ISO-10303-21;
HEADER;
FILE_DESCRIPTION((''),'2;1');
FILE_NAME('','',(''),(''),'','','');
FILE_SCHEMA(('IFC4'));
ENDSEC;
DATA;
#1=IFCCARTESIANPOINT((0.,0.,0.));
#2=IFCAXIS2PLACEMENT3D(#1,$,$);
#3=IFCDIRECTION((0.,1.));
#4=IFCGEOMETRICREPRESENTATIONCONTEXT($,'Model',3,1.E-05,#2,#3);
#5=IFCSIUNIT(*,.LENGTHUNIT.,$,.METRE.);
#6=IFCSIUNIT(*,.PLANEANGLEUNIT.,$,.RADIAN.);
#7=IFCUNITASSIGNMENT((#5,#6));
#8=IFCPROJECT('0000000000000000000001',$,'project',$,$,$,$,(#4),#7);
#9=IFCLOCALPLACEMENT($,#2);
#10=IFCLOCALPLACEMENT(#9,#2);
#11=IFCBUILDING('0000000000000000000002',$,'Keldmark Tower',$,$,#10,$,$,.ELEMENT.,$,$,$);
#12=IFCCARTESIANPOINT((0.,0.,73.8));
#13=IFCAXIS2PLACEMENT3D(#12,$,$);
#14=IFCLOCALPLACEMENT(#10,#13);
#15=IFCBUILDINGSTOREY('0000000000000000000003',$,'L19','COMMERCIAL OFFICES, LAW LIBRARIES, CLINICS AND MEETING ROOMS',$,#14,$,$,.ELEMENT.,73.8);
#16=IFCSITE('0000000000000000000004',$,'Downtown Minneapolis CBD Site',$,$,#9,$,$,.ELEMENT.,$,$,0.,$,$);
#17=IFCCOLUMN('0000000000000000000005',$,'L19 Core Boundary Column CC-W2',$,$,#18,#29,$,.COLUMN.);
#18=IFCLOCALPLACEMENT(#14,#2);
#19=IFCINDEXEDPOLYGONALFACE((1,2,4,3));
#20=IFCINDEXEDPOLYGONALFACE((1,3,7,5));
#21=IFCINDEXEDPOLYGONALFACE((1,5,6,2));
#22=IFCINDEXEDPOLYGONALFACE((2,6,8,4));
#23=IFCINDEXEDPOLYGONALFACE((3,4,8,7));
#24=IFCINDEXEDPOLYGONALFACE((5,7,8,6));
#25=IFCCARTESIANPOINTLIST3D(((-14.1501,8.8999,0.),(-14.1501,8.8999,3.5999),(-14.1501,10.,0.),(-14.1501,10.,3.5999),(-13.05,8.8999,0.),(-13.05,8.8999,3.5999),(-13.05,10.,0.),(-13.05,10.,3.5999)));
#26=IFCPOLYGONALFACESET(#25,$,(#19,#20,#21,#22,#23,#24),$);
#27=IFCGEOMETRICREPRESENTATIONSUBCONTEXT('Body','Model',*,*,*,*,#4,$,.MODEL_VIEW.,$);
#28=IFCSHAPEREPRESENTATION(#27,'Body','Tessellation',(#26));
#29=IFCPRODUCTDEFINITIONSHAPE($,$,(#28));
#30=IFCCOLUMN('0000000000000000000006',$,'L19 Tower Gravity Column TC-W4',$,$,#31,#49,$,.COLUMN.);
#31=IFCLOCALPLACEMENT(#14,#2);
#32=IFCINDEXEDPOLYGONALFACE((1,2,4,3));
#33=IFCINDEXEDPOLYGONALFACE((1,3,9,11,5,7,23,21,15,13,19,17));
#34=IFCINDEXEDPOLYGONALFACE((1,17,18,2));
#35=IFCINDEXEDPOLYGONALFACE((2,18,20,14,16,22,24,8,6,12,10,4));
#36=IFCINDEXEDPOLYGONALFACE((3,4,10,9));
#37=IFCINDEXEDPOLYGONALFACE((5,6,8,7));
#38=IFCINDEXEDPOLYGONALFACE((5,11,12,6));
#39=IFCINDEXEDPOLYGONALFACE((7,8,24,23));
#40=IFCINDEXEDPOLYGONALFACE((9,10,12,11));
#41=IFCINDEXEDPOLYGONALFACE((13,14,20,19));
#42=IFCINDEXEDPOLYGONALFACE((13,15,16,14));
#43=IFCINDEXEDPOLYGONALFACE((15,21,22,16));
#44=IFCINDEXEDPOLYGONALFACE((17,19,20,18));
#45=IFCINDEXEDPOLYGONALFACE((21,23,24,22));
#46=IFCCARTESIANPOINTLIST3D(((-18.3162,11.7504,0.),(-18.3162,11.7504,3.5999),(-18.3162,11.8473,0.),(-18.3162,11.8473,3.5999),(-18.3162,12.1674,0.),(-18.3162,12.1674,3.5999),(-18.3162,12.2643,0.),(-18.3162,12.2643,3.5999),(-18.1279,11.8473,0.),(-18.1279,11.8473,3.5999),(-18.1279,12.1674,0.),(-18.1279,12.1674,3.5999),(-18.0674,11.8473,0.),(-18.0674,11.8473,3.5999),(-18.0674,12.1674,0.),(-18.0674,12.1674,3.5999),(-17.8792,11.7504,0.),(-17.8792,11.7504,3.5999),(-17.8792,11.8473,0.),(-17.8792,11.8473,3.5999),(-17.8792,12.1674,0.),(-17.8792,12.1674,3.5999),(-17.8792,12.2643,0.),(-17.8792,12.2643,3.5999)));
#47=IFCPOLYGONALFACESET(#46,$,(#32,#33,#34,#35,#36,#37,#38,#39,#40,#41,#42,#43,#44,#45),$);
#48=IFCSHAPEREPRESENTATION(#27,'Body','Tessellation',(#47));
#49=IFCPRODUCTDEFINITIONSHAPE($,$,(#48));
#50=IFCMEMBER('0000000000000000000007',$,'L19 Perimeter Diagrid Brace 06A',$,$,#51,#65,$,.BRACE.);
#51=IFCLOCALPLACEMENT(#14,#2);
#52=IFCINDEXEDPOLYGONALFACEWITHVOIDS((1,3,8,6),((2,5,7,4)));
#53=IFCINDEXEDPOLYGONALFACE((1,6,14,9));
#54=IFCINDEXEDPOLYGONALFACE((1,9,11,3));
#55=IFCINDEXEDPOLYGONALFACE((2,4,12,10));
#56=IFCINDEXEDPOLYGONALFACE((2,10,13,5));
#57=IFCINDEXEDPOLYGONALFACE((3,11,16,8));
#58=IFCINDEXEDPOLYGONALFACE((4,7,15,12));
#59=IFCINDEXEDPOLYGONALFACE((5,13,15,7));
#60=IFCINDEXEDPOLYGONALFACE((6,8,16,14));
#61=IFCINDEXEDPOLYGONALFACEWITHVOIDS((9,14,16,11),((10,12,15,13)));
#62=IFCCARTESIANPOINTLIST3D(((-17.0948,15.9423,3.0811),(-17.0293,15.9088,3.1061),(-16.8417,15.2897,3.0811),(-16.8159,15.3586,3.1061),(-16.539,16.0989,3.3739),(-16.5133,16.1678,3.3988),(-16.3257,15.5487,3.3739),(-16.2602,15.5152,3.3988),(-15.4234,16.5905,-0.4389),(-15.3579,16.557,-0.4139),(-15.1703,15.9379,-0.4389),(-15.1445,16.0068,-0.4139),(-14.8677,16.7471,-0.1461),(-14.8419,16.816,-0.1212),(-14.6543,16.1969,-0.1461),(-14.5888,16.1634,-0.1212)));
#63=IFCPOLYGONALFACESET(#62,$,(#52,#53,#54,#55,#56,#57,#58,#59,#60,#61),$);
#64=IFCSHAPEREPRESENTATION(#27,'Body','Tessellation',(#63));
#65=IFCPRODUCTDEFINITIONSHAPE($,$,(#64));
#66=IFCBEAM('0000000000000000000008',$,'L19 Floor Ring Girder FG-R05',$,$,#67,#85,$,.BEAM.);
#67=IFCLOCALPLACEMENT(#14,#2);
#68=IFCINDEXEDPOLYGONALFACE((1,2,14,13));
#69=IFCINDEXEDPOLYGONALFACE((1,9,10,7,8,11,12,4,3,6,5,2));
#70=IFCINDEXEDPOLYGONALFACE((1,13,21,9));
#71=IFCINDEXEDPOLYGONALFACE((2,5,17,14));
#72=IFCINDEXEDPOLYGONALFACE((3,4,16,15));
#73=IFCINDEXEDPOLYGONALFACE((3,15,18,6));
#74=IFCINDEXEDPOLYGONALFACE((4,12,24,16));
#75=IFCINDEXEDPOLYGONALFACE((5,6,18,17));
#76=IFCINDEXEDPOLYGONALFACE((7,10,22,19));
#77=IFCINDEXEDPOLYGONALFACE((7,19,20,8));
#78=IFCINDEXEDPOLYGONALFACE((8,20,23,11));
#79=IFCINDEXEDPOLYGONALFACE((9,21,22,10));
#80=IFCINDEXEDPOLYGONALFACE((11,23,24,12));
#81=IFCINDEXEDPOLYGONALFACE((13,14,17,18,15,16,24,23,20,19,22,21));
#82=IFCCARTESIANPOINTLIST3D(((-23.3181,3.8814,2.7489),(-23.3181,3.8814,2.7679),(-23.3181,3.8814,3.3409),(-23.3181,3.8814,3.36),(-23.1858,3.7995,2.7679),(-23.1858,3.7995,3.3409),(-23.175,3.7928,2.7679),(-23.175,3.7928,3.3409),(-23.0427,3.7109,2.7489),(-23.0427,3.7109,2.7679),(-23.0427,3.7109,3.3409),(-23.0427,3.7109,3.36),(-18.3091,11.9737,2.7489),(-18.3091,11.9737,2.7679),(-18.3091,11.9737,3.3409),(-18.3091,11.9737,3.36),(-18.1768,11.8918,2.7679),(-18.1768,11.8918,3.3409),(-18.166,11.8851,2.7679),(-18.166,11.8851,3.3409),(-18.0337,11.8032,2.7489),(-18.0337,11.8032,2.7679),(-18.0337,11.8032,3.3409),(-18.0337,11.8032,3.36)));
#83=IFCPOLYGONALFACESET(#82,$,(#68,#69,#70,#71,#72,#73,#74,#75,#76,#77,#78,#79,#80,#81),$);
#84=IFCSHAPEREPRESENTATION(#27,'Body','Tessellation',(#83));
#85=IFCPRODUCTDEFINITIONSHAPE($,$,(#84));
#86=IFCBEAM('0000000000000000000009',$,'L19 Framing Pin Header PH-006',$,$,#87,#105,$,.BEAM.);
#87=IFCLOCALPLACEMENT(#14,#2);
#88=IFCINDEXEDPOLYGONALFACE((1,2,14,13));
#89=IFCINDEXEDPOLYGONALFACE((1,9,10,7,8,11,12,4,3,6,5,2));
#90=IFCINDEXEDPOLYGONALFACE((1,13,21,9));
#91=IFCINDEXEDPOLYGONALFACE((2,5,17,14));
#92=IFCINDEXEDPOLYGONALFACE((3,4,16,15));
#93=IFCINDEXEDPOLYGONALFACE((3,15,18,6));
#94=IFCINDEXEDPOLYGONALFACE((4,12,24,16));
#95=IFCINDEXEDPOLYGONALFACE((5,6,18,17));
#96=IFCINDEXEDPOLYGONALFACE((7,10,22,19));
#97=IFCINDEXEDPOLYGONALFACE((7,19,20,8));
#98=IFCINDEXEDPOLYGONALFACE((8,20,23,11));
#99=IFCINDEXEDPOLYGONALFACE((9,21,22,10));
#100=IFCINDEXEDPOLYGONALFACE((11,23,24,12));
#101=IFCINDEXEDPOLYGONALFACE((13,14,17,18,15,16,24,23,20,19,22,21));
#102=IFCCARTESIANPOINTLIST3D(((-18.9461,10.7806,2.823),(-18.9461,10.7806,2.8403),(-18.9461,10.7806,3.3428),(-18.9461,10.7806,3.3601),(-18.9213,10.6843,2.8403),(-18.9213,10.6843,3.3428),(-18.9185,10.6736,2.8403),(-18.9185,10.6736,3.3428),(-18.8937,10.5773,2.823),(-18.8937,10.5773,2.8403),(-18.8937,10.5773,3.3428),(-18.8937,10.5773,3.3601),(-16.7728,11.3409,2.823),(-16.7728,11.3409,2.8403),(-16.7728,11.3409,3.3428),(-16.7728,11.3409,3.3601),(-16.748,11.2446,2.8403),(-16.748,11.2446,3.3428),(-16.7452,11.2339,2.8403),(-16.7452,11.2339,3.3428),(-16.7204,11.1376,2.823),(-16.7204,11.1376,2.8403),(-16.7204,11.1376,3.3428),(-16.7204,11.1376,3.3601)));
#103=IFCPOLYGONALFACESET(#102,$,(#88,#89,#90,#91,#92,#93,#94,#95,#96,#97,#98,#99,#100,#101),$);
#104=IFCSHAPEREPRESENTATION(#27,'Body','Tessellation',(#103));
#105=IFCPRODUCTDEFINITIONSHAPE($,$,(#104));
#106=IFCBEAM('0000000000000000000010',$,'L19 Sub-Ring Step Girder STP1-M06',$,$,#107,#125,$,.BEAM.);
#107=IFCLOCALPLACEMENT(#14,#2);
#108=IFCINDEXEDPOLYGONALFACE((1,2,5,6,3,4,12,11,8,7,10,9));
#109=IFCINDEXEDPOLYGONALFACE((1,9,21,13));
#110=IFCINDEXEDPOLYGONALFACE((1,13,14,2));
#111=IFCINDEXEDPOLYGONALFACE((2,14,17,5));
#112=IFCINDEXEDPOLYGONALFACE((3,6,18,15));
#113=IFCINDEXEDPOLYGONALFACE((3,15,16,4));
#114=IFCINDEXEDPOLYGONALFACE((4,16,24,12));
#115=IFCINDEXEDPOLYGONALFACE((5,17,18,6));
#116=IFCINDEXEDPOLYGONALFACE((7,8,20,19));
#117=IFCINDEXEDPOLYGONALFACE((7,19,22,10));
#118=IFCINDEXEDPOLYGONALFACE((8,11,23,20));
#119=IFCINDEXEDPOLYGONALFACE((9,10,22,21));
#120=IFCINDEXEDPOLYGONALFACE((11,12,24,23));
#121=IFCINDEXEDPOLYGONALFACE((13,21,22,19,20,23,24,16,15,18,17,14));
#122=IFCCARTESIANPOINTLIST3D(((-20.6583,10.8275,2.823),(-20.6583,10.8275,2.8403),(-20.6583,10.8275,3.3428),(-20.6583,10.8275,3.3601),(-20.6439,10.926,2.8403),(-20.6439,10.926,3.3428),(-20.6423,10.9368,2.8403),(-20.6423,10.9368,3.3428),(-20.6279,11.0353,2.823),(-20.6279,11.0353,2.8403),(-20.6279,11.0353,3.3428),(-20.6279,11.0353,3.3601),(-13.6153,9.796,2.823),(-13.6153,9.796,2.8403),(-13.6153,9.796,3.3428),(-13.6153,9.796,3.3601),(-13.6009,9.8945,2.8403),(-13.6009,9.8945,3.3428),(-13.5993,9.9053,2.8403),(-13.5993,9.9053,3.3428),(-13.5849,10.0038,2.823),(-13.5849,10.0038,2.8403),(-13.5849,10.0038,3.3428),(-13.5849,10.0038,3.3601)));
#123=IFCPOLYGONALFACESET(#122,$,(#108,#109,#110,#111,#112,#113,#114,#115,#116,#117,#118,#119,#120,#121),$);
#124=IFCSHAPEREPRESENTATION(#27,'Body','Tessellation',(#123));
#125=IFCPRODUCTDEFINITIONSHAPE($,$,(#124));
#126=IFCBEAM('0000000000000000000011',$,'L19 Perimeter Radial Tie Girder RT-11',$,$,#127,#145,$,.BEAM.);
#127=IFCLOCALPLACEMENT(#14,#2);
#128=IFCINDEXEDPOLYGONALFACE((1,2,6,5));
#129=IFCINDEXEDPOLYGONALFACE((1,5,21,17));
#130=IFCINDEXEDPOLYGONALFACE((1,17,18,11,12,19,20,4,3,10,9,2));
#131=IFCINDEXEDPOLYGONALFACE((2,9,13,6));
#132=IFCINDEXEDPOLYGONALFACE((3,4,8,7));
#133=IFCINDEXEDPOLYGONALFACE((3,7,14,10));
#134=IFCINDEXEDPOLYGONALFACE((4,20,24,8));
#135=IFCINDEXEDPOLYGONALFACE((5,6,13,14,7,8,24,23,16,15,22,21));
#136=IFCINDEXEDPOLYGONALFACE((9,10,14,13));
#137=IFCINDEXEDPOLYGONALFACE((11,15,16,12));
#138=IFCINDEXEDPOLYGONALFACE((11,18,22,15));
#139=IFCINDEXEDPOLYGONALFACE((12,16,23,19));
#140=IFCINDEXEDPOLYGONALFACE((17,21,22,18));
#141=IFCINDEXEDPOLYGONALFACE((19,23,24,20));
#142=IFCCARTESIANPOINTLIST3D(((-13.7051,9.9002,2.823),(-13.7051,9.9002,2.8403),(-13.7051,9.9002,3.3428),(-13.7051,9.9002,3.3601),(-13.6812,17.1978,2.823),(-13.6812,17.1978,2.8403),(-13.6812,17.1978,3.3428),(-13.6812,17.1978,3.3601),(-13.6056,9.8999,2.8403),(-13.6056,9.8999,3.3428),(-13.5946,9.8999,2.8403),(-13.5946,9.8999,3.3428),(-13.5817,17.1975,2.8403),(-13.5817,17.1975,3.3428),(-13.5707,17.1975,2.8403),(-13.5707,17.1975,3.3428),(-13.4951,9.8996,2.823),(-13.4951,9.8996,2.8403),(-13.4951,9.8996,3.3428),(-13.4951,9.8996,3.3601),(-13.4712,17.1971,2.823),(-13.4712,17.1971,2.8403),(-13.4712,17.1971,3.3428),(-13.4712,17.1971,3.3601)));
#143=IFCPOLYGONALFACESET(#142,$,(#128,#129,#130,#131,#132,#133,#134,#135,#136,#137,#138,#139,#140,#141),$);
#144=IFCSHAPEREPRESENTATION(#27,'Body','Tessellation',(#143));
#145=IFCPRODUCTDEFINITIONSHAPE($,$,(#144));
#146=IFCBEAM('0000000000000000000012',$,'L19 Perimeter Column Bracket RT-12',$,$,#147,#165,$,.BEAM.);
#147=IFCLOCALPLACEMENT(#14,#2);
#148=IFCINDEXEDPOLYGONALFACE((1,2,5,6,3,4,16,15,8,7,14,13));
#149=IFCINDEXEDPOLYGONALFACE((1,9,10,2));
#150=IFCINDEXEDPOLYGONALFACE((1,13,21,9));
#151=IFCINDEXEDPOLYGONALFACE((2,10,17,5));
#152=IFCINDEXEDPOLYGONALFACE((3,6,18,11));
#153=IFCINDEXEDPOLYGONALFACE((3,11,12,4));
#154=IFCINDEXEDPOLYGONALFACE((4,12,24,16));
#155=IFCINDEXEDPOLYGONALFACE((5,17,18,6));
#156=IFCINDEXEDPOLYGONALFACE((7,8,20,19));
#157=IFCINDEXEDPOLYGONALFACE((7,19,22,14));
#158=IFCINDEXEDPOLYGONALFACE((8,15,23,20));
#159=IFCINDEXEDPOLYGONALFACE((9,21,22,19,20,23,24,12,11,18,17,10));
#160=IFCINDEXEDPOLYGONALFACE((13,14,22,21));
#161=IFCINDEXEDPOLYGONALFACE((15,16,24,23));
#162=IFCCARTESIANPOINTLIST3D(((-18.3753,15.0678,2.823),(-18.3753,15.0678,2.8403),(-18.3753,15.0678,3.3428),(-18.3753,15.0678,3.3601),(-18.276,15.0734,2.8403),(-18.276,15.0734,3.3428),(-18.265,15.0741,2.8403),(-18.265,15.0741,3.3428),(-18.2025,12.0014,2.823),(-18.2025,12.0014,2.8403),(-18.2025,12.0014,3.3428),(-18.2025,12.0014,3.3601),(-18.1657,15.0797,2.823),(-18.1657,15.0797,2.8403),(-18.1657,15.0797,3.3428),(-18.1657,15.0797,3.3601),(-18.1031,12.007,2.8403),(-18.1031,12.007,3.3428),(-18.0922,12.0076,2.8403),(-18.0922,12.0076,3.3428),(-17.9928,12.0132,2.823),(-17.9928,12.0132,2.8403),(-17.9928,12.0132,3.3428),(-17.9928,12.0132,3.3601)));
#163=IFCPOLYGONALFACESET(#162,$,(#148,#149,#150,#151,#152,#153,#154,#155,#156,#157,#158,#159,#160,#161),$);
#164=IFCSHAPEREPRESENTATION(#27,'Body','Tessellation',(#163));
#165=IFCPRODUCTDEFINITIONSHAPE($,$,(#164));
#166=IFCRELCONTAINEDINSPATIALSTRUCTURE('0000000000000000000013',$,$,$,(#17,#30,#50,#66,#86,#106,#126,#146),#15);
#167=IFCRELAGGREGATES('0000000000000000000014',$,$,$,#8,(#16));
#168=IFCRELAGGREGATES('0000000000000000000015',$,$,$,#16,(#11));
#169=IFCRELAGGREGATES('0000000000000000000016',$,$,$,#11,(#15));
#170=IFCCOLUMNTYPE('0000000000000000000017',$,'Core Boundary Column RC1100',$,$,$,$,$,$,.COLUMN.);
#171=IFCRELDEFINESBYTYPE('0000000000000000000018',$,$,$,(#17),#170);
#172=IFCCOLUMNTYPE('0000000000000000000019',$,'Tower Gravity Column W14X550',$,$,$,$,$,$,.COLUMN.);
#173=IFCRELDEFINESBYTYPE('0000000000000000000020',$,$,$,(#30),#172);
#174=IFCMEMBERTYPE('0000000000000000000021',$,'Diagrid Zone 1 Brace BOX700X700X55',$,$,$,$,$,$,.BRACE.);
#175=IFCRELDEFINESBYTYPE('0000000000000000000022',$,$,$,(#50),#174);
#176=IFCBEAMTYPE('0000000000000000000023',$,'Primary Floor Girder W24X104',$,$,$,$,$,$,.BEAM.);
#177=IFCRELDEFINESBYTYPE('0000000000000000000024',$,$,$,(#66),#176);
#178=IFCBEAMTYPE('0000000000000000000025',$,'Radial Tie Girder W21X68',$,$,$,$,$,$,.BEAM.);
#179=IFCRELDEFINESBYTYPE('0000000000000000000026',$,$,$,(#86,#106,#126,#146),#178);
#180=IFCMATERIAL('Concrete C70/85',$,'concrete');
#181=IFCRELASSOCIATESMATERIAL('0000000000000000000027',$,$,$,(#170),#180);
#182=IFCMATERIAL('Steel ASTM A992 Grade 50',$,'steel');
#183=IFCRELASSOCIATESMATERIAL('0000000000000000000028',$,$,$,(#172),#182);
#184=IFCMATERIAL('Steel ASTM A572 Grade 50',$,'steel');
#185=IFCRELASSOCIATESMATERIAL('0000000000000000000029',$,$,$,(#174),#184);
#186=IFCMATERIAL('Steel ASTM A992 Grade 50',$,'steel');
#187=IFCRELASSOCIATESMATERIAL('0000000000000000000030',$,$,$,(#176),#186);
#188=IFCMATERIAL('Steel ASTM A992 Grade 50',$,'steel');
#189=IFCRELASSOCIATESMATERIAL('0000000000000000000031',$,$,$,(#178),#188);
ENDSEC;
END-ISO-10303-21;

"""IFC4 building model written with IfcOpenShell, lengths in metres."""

from ifc_helpers import new_model, si_unit, direction, frame, origin, origin_2d, place, context, subcontext, project, spatial, rectangle, hollow_rectangle, i_section, extrude, material, material_profile, profile_set, type_object, element, save


model = new_model("IFC4")

# Units and contexts
model_context = context("Model", 3, precision=1e-05, world=origin(), true_north=direction((0.0, 1.0)))
body_context = subcontext(model_context, "Body", "Model", "MODEL_VIEW")
ifc_project = project(units=[si_unit("LENGTHUNIT", "METRE"), si_unit("PLANEANGLEUNIT", "RADIAN")], contexts=[model_context])

# Site, building, storey
site_placement = place(None, origin())
site = spatial("IfcSite", under=ifc_project, at=site_placement, Name="Downtown Minneapolis CBD Site", CompositionType="ELEMENT", RefElevation=0.0)
building_placement = place(site_placement, origin())
building = spatial("IfcBuilding", under=site, at=building_placement, Name="Keldmark Tower", CompositionType="ELEMENT")
storey_placement = place(building_placement, frame((0.0, 0.0, 73.8)))
storey = spatial("IfcBuildingStorey", under=building, at=storey_placement, Name="L19", Description="COMMERCIAL OFFICES, LAW LIBRARIES, CLINICS AND MEETING ROOMS", CompositionType="ELEMENT", Elevation=73.8)

# Columns
ifc_material_1 = material(Name="Concrete C70/85", Category="concrete")
ifc_material_profile_1 = material_profile(ifc_material_1, rectangle(XDim=1.1001, YDim=1.1001, at=origin_2d()), Name="RC1100X1100")
ifc_profile_set_1 = profile_set([ifc_material_profile_1], Name="Concrete C70/85")
column_type_1 = type_object("IfcColumnType", Name="Core Boundary Column RC1100", PredefinedType="COLUMN", material=ifc_profile_set_1)
column_1_placement = place(storey_placement, frame((-13.6001, 9.45, 0.0), z_axis=(0.0, 0.0, 1.0), x_axis=(1.0, 0.0, 0.0)))
element("IfcColumn", 1, at=column_1_placement, inside=storey, type_object=column_type_1, Name="L19 Core Boundary Column CC-W2", PredefinedType="COLUMN", context=body_context, shape_type="SweptSolid", body=[
    extrude(rectangle(XDim=1.1001, YDim=1.1001, at=origin_2d()), origin(), (0.0, 0.0, 1.0), 3.5999),
])
ifc_material_2 = material(Name="Steel ASTM A992 Grade 50", Category="steel")
ifc_material_profile_2 = material_profile(ifc_material_2, i_section(OverallWidth=0.437, OverallDepth=0.5139, WebThickness=0.0605, FlangeThickness=0.0969, at=origin_2d()), Name="W14X550")
ifc_profile_set_2 = profile_set([ifc_material_profile_2], Name="Steel ASTM A992 Grade 50")
column_type_2 = type_object("IfcColumnType", Name="Tower Gravity Column W14X550", PredefinedType="COLUMN", material=ifc_profile_set_2)
column_2_placement = place(storey_placement, frame((-18.0977, 12.0073, 0.0), z_axis=(0.0, 0.0, 1.0), x_axis=(1.0, 0.0, 0.0)))
element("IfcColumn", 2, at=column_2_placement, inside=storey, type_object=column_type_2, Name="L19 Tower Gravity Column TC-W4", PredefinedType="COLUMN", context=body_context, shape_type="SweptSolid", body=[
    extrude(i_section(OverallWidth=0.437, OverallDepth=0.5139, WebThickness=0.0605, FlangeThickness=0.0969, at=origin_2d()), origin(), (0.0, 0.0, 1.0), 3.5999),
])

# Member
ifc_material_3 = material(Name="Steel ASTM A572 Grade 50", Category="steel")
ifc_material_profile_3 = material_profile(ifc_material_3, hollow_rectangle(XDim=0.7, YDim=0.7, WallThickness=0.0549, at=origin_2d()), Name="BOX700X700X55")
ifc_profile_set_3 = profile_set([ifc_material_profile_3], Name="Steel ASTM A572 Grade 50")
member_type = type_object("IfcMemberType", Name="Diagrid Zone 1 Brace BOX700X700X55", PredefinedType="BRACE", material=ifc_profile_set_3)
member_placement = place(storey_placement, frame((-15.0061, 16.377, -0.28), z_axis=(-0.423112, -0.164091, 0.891095), x_axis=(0.361579, -0.932342, 0.0)))
element("IfcMember", 3, at=member_placement, inside=storey, type_object=member_type, Name="L19 Perimeter Diagrid Brace 06A", PredefinedType="BRACE", context=body_context, shape_type="SweptSolid", body=[
    extrude(hollow_rectangle(XDim=0.7, YDim=0.7, WallThickness=0.0549, at=origin_2d()), origin(), (0.0, 0.0, 1.0), 3.9502),
])

# Beams
ifc_material_4 = material(Name="Steel ASTM A992 Grade 50", Category="steel")
ifc_material_profile_4 = material_profile(ifc_material_4, i_section(OverallWidth=0.324, OverallDepth=0.6111, WebThickness=0.0127, FlangeThickness=0.019, at=origin_2d()), Name="W24X104")
ifc_profile_set_4 = profile_set([ifc_material_profile_4], Name="Steel ASTM A992 Grade 50")
beam_type_1 = type_object("IfcBeamType", Name="Primary Floor Girder W24X104", PredefinedType="BEAM", material=ifc_profile_set_4)
beam_1_placement = place(storey_placement, frame((-18.1714, 11.8884, 3.0544), z_axis=(-0.526318, -0.850288, 0.0), x_axis=(0.850288, -0.526318, 0.0)))
element("IfcBeam", 4, at=beam_1_placement, inside=storey, type_object=beam_type_1, Name="L19 Floor Ring Girder FG-R05", PredefinedType="BEAM", context=body_context, shape_type="SweptSolid", body=[
    extrude(i_section(OverallWidth=0.324, OverallDepth=0.6111, WebThickness=0.0127, FlangeThickness=0.019, at=origin_2d()), origin(), (0.0, 0.0, 1.0), 9.5171),
])
ifc_material_5 = material(Name="Steel ASTM A992 Grade 50", Category="steel")
ifc_material_profile_5 = material_profile(ifc_material_5, i_section(OverallWidth=0.21, OverallDepth=0.5371, WebThickness=0.011, FlangeThickness=0.0173, at=origin_2d()), Name="W21X68")
ifc_profile_set_5 = profile_set([ifc_material_profile_5], Name="Steel ASTM A992 Grade 50")
beam_type_2 = type_object("IfcBeamType", Name="Radial Tie Girder W21X68", PredefinedType="BEAM", material=ifc_profile_set_5)
beam_2_placement = place(storey_placement, frame((-16.7466, 11.2393, 3.0916), z_axis=(-0.968338, -0.249644, 0.0), x_axis=(0.249644, -0.968338, 0.0)))
element("IfcBeam", 5, at=beam_2_placement, inside=storey, type_object=beam_type_2, Name="L19 Framing Pin Header PH-006", PredefinedType="BEAM", context=body_context, shape_type="SweptSolid", body=[
    extrude(i_section(OverallWidth=0.21, OverallDepth=0.5371, WebThickness=0.011, FlangeThickness=0.0173, at=origin_2d()), origin(), (0.0, 0.0, 1.0), 2.2444),
])
beam_3_placement = place(storey_placement, frame((-13.6001, 9.8999, 3.0916), z_axis=(-0.989445, 0.144911, 0.0), x_axis=(-0.144911, -0.989445, 0.0)))
element("IfcBeam", 6, at=beam_3_placement, inside=storey, type_object=beam_type_2, Name="L19 Sub-Ring Step Girder STP1-M06", PredefinedType="BEAM", context=body_context, shape_type="SweptSolid", body=[
    extrude(i_section(OverallWidth=0.21, OverallDepth=0.5371, WebThickness=0.011, FlangeThickness=0.0173, at=origin_2d()), origin(), (0.0, 0.0, 1.0), 7.1182),
])
beam_4_placement = place(storey_placement, frame((-13.6001, 9.8999, 3.0916), z_axis=(0.003279, 0.999995, 0.0), x_axis=(-0.999995, 0.003279, 0.0)))
element("IfcBeam", 7, at=beam_4_placement, inside=storey, type_object=beam_type_2, Name="L19 Perimeter Radial Tie Girder RT-11", PredefinedType="BEAM", context=body_context, shape_type="SweptSolid", body=[
    extrude(i_section(OverallWidth=0.21, OverallDepth=0.5371, WebThickness=0.011, FlangeThickness=0.0173, at=origin_2d()), origin(), (0.0, 0.0, 1.0), 7.2976),
])
beam_5_placement = place(storey_placement, frame((-18.0977, 12.0073, 3.0916), z_axis=(-0.05628, 0.998415, 0.0), x_axis=(-0.998415, -0.05628, 0.0)))
element("IfcBeam", 8, at=beam_5_placement, inside=storey, type_object=beam_type_2, Name="L19 Perimeter Column Bracket RT-12", PredefinedType="BEAM", context=body_context, shape_type="SweptSolid", body=[
    extrude(i_section(OverallWidth=0.21, OverallDepth=0.5371, WebThickness=0.011, FlangeThickness=0.0173, at=origin_2d()), origin(), (0.0, 0.0, 1.0), 3.0713),
])

save(model, "model.ifc")
